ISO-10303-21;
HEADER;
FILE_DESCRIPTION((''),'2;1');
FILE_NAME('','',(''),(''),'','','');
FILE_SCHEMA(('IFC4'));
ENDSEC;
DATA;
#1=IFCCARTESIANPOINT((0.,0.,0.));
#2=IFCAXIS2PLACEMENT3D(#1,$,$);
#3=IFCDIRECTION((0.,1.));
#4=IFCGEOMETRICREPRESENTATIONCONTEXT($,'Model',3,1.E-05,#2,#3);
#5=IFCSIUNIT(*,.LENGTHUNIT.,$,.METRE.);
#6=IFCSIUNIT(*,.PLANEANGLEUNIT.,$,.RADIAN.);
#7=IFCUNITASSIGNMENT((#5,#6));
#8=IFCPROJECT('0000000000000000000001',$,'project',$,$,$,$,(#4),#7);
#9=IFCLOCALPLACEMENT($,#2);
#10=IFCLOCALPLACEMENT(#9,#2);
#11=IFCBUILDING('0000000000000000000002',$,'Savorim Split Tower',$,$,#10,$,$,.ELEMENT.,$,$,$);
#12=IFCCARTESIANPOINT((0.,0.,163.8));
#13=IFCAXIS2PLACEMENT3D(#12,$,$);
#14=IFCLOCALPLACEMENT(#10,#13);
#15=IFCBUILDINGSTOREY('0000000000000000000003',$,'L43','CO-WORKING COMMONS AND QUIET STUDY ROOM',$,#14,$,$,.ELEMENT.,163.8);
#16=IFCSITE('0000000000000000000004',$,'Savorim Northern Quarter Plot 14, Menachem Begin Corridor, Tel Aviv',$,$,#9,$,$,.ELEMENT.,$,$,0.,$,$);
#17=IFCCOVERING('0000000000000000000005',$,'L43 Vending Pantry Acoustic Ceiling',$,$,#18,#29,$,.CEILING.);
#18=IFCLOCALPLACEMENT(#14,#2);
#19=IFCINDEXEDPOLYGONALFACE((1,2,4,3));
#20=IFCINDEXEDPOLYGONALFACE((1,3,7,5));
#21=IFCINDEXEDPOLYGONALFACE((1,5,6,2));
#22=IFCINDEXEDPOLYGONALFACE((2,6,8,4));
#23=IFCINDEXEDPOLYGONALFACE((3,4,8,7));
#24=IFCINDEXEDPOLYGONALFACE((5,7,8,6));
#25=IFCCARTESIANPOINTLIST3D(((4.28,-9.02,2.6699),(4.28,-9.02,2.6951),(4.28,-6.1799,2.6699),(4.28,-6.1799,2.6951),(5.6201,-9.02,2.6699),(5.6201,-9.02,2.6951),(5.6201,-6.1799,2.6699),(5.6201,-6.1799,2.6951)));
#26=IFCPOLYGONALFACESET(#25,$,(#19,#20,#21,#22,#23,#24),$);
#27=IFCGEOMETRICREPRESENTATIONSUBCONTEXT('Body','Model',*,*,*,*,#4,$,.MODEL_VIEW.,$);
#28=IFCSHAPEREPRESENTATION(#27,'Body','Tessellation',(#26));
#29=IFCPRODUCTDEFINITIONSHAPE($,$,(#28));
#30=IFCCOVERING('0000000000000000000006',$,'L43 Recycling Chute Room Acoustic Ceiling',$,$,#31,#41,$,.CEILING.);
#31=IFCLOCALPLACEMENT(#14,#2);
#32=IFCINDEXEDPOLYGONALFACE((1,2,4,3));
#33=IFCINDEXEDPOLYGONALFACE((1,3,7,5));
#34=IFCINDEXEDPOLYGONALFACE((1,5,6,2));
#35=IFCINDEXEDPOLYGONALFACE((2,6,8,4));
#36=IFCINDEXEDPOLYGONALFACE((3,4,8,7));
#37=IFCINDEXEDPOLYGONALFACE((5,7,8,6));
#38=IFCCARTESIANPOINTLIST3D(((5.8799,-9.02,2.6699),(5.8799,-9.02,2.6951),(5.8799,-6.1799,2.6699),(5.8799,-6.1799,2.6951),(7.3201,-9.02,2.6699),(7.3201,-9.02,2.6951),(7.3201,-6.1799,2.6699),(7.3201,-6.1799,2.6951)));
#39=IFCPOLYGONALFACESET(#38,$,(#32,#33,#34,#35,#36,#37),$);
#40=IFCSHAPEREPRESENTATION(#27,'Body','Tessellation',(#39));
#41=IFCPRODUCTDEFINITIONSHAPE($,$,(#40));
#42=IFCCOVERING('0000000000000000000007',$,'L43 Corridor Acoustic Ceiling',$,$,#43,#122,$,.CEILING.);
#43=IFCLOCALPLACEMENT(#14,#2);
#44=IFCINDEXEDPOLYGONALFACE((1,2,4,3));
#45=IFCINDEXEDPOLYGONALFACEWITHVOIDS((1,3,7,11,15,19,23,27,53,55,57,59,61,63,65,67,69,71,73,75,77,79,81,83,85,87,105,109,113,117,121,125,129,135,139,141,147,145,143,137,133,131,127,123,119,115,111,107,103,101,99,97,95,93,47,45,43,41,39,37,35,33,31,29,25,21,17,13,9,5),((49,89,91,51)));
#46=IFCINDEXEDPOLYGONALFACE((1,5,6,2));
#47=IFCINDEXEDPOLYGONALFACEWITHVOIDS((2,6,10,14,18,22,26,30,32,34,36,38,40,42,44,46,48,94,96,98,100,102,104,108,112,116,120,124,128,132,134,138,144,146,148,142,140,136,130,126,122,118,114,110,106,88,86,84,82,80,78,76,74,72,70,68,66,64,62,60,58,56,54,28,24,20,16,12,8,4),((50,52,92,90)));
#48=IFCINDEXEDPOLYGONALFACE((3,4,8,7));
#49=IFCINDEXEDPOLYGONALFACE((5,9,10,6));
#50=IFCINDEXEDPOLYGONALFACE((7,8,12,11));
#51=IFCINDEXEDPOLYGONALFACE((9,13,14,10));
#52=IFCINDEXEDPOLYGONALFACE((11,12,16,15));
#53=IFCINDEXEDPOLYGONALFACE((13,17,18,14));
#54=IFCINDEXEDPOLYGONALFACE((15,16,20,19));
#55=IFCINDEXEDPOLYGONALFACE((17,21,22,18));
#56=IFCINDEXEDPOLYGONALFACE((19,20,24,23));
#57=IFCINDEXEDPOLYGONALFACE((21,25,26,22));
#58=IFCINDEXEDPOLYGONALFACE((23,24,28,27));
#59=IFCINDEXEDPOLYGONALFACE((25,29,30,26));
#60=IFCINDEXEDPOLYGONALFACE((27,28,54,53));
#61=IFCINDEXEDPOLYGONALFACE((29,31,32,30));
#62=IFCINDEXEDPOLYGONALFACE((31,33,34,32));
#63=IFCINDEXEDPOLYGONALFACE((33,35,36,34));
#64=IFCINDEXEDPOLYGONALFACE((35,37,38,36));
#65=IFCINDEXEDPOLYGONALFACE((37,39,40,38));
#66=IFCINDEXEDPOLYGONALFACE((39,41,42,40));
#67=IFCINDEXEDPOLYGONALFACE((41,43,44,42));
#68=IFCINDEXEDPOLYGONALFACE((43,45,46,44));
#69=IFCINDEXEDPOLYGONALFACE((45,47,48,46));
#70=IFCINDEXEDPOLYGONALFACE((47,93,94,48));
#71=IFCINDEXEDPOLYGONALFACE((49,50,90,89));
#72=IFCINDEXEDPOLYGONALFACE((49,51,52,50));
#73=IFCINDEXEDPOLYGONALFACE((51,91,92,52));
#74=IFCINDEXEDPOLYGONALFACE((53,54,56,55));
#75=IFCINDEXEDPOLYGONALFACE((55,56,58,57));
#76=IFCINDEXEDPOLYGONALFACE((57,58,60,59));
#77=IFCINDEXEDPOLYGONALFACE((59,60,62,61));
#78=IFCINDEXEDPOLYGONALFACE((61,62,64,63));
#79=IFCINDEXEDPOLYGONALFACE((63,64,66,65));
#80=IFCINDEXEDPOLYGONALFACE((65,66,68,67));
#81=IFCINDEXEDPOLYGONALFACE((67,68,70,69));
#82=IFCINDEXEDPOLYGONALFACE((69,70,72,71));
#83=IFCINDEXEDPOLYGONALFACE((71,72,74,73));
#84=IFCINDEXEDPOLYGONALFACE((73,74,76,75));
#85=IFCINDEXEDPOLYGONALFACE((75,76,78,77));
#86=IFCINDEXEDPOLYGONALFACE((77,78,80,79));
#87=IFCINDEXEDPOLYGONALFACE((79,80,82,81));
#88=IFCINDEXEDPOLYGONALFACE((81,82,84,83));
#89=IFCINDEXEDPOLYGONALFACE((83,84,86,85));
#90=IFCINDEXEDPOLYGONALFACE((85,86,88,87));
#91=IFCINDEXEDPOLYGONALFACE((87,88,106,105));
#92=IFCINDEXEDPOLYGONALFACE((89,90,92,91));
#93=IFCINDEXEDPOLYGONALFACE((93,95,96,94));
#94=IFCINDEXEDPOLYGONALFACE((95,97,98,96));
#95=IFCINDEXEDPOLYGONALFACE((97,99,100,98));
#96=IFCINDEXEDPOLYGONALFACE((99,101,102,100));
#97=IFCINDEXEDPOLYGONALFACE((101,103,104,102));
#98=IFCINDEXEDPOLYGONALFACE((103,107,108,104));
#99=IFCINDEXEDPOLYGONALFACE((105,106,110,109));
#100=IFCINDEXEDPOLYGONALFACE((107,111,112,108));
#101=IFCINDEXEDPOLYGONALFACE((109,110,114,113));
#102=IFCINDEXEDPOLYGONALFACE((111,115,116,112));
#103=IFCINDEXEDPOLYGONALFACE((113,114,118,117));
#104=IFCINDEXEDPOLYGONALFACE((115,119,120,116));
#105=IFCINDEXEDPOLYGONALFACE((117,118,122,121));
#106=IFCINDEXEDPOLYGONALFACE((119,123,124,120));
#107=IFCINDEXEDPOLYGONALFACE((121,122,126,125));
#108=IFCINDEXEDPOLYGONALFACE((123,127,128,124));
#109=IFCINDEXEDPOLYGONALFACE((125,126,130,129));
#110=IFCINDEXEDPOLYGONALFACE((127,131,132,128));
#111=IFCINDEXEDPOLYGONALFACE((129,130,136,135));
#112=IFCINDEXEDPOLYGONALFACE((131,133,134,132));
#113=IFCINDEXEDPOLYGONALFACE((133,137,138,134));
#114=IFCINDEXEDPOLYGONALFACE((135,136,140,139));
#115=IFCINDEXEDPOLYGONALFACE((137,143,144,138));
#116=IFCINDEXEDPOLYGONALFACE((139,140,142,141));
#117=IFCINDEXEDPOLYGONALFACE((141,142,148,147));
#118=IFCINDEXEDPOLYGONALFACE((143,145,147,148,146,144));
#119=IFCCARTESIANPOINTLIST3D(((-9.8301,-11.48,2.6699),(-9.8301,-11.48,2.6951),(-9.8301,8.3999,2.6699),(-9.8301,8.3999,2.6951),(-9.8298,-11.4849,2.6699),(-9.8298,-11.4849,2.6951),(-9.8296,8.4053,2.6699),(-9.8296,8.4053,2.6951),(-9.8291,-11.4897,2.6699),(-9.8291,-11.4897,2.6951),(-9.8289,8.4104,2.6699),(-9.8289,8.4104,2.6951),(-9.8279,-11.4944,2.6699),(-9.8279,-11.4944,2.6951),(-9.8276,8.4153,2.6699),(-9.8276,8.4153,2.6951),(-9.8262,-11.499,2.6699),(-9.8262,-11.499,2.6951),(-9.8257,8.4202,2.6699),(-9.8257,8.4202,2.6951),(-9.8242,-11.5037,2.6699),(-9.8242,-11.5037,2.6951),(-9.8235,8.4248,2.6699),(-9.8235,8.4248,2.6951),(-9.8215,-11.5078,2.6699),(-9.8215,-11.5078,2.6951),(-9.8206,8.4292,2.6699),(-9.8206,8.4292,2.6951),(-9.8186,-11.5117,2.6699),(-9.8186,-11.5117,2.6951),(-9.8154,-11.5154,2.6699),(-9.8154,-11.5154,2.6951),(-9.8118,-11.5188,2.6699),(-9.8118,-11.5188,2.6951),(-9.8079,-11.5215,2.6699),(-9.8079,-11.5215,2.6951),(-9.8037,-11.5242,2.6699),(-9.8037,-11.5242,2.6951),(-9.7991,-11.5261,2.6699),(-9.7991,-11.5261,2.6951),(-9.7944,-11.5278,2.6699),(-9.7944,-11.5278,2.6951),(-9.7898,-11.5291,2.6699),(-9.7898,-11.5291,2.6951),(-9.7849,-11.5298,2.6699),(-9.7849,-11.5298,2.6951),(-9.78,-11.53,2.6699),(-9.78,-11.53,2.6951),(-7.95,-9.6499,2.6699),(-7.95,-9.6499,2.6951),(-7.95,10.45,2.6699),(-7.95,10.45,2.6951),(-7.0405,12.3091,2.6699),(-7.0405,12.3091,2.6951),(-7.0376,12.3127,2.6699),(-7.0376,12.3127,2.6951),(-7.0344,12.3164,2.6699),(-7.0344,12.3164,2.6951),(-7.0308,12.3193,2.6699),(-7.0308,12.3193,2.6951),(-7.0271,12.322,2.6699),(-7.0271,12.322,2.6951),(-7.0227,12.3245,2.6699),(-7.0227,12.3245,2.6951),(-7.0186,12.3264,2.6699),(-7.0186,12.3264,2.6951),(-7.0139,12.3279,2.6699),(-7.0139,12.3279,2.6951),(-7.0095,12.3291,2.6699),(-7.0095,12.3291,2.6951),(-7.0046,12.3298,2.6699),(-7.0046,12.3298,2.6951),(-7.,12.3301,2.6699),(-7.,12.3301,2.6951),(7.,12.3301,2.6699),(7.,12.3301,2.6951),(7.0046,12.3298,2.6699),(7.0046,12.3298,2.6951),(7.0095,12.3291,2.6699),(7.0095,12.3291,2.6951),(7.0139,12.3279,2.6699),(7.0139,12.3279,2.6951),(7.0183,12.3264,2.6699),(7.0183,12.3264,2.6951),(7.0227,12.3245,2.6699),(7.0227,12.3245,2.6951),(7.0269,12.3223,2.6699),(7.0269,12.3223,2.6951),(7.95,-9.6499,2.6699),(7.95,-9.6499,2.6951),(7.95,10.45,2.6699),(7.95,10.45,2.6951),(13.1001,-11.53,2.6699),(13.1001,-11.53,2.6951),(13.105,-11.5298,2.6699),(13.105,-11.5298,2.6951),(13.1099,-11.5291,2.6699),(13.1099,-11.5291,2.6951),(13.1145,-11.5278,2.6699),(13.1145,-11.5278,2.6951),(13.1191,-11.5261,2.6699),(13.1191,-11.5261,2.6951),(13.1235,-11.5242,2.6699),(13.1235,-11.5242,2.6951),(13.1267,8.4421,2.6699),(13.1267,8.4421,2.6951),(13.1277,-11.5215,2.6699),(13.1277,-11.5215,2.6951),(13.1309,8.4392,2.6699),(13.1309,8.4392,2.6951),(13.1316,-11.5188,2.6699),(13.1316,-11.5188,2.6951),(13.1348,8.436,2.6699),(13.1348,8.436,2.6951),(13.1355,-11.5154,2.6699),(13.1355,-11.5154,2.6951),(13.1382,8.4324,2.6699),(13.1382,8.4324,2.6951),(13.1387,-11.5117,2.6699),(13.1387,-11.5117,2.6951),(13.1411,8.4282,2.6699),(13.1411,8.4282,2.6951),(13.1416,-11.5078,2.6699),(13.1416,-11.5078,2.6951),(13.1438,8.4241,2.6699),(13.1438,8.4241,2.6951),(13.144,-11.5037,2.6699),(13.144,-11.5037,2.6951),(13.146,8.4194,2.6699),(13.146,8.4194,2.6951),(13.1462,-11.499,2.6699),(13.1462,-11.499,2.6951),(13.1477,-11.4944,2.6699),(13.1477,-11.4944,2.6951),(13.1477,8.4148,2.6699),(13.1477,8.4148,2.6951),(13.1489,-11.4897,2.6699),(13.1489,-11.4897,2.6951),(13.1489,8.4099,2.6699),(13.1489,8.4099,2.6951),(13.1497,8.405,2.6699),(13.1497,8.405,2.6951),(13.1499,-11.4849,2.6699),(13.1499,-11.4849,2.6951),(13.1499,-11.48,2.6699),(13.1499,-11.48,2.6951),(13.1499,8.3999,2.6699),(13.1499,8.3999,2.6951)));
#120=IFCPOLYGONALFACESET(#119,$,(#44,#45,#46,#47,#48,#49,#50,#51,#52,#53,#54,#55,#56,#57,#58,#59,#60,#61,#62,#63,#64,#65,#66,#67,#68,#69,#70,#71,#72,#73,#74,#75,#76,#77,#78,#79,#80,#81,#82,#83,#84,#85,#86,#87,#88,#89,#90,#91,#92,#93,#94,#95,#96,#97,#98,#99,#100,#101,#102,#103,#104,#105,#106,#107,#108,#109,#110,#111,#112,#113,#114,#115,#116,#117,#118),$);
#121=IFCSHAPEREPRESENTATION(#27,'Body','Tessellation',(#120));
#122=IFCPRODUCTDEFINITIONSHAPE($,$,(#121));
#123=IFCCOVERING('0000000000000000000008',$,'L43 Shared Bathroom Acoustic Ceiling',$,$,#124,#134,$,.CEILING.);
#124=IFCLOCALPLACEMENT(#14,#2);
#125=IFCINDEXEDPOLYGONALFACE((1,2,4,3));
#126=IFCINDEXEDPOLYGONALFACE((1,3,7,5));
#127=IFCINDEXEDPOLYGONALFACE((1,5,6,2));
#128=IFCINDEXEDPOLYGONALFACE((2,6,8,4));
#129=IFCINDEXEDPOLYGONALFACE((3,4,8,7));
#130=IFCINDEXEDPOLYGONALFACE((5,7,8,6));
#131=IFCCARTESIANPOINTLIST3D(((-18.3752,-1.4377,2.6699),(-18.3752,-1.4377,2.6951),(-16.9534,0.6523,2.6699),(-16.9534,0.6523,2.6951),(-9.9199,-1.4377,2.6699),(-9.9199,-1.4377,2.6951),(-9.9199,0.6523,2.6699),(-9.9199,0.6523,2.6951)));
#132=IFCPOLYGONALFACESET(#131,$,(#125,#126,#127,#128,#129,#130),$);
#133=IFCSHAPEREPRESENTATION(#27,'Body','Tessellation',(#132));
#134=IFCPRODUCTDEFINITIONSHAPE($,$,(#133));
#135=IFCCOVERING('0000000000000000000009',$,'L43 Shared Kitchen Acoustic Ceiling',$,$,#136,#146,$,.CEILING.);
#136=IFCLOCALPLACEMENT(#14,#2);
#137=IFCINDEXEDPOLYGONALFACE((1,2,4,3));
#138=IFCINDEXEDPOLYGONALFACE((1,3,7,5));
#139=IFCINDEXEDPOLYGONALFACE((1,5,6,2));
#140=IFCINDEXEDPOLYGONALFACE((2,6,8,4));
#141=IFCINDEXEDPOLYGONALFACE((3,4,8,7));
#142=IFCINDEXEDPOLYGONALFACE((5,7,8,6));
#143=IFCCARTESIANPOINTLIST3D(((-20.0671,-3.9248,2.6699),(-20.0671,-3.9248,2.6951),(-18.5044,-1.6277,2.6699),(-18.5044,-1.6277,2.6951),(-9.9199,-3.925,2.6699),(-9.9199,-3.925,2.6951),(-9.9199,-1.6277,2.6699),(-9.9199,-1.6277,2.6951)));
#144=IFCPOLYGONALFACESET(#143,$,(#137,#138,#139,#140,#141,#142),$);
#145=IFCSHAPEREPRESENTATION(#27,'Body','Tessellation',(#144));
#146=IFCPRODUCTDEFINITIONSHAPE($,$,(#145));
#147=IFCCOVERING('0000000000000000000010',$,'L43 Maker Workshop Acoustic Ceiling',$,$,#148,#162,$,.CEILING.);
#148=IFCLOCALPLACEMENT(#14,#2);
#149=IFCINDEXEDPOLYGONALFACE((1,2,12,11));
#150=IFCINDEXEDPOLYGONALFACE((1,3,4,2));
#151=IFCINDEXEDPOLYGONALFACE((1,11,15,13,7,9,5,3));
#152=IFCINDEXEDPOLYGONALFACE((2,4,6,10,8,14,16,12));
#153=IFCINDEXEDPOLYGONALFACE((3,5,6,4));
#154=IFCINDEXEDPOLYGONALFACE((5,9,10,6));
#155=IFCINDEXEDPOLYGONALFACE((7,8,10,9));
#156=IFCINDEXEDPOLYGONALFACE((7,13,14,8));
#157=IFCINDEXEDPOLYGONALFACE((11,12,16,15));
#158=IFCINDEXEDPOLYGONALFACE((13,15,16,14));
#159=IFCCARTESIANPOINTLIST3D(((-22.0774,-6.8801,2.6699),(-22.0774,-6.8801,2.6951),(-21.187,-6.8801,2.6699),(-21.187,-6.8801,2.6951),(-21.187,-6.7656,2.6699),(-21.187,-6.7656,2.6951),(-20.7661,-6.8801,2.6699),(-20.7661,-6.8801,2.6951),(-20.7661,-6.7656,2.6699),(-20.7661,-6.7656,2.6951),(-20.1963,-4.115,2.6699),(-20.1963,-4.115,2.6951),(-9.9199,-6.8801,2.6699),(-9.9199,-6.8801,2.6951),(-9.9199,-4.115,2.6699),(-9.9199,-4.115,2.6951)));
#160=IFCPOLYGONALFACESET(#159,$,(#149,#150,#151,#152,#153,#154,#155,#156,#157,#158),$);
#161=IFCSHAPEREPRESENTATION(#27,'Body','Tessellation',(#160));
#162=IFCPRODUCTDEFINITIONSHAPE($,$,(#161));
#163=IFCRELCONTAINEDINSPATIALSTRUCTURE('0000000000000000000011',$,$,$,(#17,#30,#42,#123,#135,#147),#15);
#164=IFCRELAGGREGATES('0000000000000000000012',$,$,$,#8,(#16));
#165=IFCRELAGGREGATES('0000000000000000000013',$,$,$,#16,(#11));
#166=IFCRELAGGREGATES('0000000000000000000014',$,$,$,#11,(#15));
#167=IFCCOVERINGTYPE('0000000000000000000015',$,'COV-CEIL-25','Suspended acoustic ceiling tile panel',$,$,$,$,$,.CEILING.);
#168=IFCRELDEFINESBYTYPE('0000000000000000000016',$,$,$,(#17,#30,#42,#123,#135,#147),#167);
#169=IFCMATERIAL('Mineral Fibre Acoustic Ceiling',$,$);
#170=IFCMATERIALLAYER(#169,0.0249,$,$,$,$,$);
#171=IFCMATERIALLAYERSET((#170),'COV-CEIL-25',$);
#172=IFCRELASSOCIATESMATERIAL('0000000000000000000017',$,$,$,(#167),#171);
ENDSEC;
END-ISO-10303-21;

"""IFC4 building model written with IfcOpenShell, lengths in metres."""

from ifc_helpers import new_model, si_unit, direction, frame, origin, place, context, subcontext, project, spatial, polyline, outline, extrude, material, layer, layer_set, type_object, element, save


model = new_model("IFC4")

# Units and contexts
model_context = context("Model", 3, precision=1e-05, world=origin(), true_north=direction((0.0, 1.0)))
body_context = subcontext(model_context, "Body", "Model", "MODEL_VIEW")
ifc_project = project(units=[si_unit("LENGTHUNIT", "METRE"), si_unit("PLANEANGLEUNIT", "RADIAN")], contexts=[model_context])

# Site, building, storey
site_placement = place(None, origin())
site = spatial("IfcSite", under=ifc_project, at=site_placement, Name="Savorim Northern Quarter Plot 14, Menachem Begin Corridor, Tel Aviv", CompositionType="ELEMENT", RefElevation=0.0)
building_placement = place(site_placement, origin())
building = spatial("IfcBuilding", under=site, at=building_placement, Name="Savorim Split Tower", CompositionType="ELEMENT")
storey_placement = place(building_placement, frame((0.0, 0.0, 163.8)))
storey = spatial("IfcBuildingStorey", under=building, at=storey_placement, Name="L43", Description="CO-WORKING COMMONS AND QUIET STUDY ROOM", CompositionType="ELEMENT", Elevation=163.8)

# Coverings
ifc_material_1 = material(Name="Mineral Fibre Acoustic Ceiling")
ifc_layer_1 = layer(ifc_material_1, 0.0249)
ifc_layer_set_1 = layer_set([ifc_layer_1], Name="COV-CEIL-25")
covering_type_1 = type_object("IfcCoveringType", Name="COV-CEIL-25", Description="Suspended acoustic ceiling tile panel", PredefinedType="CEILING", material=ifc_layer_set_1)
covering_1_placement = place(storey_placement, frame((0.0, 0.0, 2.6699)))
element("IfcCovering", 1, at=covering_1_placement, inside=storey, type_object=covering_type_1, Name="L43 Vending Pantry Acoustic Ceiling", PredefinedType="CEILING", context=body_context, shape_type="SweptSolid", body=[
    extrude(outline(polyline([(4.28, -6.1799), (4.28, -9.02), (5.6201, -9.02), (5.6201, -6.1799), (4.28, -6.1799)])), origin(), (0.0, 0.0, 1.0), 0.0251),
])
covering_2_placement = place(storey_placement, frame((0.0, 0.0, 2.6699)))
element("IfcCovering", 2, at=covering_2_placement, inside=storey, type_object=covering_type_1, Name="L43 Recycling Chute Room Acoustic Ceiling", PredefinedType="CEILING", context=body_context, shape_type="SweptSolid", body=[
    extrude(outline(polyline([(5.8799, -6.1799), (5.8799, -9.02), (7.3201, -9.02), (7.3201, -6.1799), (5.8799, -6.1799)])), origin(), (0.0, 0.0, 1.0), 0.0251),
])
covering_3_placement = place(storey_placement, frame((0.0, 0.0, 2.6699)))
element("IfcCovering", 3, at=covering_3_placement, inside=storey, type_object=covering_type_1, Name="L43 Corridor Acoustic Ceiling", PredefinedType="CEILING", context=body_context, shape_type="SweptSolid", body=[
    extrude(outline(polyline([(7.0095, 12.3291), (7.0046, 12.3298), (7.0, 12.3301), (-7.0, 12.3301), (-7.0046, 12.3298), (-7.0095, 12.3291), (-7.0139, 12.3279), (-7.0186, 12.3264), (-7.0227, 12.3245), (-7.0271, 12.322), (-7.0308, 12.3193), (-7.0344, 12.3164), (-7.0376, 12.3127), (-7.0405, 12.3091), (-9.8206, 8.4292), (-9.8235, 8.4248), (-9.8257, 8.4202), (-9.8276, 8.4153), (-9.8289, 8.4104), (-9.8296, 8.4053), (-9.8301, 8.3999), (-9.8301, -11.48), (-9.8298, -11.4849), (-9.8291, -11.4897), (-9.8279, -11.4944), (-9.8262, -11.499), (-9.8242, -11.5037), (-9.8215, -11.5078), (-9.8186, -11.5117), (-9.8154, -11.5154), (-9.8118, -11.5188), (-9.8079, -11.5215), (-9.8037, -11.5242), (-9.7991, -11.5261), (-9.7944, -11.5278), (-9.7898, -11.5291), (-9.7849, -11.5298), (-9.78, -11.53), (13.1001, -11.53), (13.105, -11.5298), (13.1099, -11.5291), (13.1145, -11.5278), (13.1191, -11.5261), (13.1235, -11.5242), (13.1277, -11.5215), (13.1316, -11.5188), (13.1355, -11.5154), (13.1387, -11.5117), (13.1416, -11.5078), (13.144, -11.5037), (13.1462, -11.499), (13.1477, -11.4944), (13.1489, -11.4897), (13.1499, -11.4849), (13.1499, -11.48), (13.1499, 8.3999), (13.1497, 8.405), (13.1489, 8.4099), (13.1477, 8.4148), (13.146, 8.4194), (13.1438, 8.4241), (13.1411, 8.4282), (13.1382, 8.4324), (13.1348, 8.436), (13.1309, 8.4392), (13.1267, 8.4421), (7.0269, 12.3223), (7.0227, 12.3245), (7.0183, 12.3264), (7.0139, 12.3279), (7.0095, 12.3291)]), holes=[polyline([(-7.95, 10.45), (-7.95, -9.6499), (7.95, -9.6499), (7.95, 10.45), (-7.95, 10.45)])]), origin(), (0.0, 0.0, 1.0), 0.0251),
])
covering_4_placement = place(storey_placement, frame((0.0, 0.0, 2.6699)))
element("IfcCovering", 4, at=covering_4_placement, inside=storey, type_object=covering_type_1, Name="L43 Shared Bathroom Acoustic Ceiling", PredefinedType="CEILING", context=body_context, shape_type="SweptSolid", body=[
    extrude(outline(polyline([(-16.9534, 0.6523), (-18.3752, -1.4377), (-9.9199, -1.4377), (-9.9199, 0.6523), (-16.9534, 0.6523)])), origin(), (0.0, 0.0, 1.0), 0.0251),
])
covering_5_placement = place(storey_placement, frame((0.0, 0.0, 2.6699)))
element("IfcCovering", 5, at=covering_5_placement, inside=storey, type_object=covering_type_1, Name="L43 Shared Kitchen Acoustic Ceiling", PredefinedType="CEILING", context=body_context, shape_type="SweptSolid", body=[
    extrude(outline(polyline([(-18.5044, -1.6277), (-20.0671, -3.9248), (-9.9199, -3.925), (-9.9199, -1.6277), (-18.5044, -1.6277)])), origin(), (0.0, 0.0, 1.0), 0.0251),
])
covering_6_placement = place(storey_placement, frame((0.0, 0.0, 2.6699)))
element("IfcCovering", 6, at=covering_6_placement, inside=storey, type_object=covering_type_1, Name="L43 Maker Workshop Acoustic Ceiling", PredefinedType="CEILING", context=body_context, shape_type="SweptSolid", body=[
    extrude(outline(polyline([(-20.7661, -6.7656), (-20.7661, -6.8801), (-9.9199, -6.8801), (-9.9199, -4.115), (-20.1963, -4.115), (-22.0774, -6.8801), (-21.187, -6.8801), (-21.187, -6.7656), (-20.7661, -6.7656)])), origin(), (0.0, 0.0, 1.0), 0.0251),
])

save(model, "model.ifc")
